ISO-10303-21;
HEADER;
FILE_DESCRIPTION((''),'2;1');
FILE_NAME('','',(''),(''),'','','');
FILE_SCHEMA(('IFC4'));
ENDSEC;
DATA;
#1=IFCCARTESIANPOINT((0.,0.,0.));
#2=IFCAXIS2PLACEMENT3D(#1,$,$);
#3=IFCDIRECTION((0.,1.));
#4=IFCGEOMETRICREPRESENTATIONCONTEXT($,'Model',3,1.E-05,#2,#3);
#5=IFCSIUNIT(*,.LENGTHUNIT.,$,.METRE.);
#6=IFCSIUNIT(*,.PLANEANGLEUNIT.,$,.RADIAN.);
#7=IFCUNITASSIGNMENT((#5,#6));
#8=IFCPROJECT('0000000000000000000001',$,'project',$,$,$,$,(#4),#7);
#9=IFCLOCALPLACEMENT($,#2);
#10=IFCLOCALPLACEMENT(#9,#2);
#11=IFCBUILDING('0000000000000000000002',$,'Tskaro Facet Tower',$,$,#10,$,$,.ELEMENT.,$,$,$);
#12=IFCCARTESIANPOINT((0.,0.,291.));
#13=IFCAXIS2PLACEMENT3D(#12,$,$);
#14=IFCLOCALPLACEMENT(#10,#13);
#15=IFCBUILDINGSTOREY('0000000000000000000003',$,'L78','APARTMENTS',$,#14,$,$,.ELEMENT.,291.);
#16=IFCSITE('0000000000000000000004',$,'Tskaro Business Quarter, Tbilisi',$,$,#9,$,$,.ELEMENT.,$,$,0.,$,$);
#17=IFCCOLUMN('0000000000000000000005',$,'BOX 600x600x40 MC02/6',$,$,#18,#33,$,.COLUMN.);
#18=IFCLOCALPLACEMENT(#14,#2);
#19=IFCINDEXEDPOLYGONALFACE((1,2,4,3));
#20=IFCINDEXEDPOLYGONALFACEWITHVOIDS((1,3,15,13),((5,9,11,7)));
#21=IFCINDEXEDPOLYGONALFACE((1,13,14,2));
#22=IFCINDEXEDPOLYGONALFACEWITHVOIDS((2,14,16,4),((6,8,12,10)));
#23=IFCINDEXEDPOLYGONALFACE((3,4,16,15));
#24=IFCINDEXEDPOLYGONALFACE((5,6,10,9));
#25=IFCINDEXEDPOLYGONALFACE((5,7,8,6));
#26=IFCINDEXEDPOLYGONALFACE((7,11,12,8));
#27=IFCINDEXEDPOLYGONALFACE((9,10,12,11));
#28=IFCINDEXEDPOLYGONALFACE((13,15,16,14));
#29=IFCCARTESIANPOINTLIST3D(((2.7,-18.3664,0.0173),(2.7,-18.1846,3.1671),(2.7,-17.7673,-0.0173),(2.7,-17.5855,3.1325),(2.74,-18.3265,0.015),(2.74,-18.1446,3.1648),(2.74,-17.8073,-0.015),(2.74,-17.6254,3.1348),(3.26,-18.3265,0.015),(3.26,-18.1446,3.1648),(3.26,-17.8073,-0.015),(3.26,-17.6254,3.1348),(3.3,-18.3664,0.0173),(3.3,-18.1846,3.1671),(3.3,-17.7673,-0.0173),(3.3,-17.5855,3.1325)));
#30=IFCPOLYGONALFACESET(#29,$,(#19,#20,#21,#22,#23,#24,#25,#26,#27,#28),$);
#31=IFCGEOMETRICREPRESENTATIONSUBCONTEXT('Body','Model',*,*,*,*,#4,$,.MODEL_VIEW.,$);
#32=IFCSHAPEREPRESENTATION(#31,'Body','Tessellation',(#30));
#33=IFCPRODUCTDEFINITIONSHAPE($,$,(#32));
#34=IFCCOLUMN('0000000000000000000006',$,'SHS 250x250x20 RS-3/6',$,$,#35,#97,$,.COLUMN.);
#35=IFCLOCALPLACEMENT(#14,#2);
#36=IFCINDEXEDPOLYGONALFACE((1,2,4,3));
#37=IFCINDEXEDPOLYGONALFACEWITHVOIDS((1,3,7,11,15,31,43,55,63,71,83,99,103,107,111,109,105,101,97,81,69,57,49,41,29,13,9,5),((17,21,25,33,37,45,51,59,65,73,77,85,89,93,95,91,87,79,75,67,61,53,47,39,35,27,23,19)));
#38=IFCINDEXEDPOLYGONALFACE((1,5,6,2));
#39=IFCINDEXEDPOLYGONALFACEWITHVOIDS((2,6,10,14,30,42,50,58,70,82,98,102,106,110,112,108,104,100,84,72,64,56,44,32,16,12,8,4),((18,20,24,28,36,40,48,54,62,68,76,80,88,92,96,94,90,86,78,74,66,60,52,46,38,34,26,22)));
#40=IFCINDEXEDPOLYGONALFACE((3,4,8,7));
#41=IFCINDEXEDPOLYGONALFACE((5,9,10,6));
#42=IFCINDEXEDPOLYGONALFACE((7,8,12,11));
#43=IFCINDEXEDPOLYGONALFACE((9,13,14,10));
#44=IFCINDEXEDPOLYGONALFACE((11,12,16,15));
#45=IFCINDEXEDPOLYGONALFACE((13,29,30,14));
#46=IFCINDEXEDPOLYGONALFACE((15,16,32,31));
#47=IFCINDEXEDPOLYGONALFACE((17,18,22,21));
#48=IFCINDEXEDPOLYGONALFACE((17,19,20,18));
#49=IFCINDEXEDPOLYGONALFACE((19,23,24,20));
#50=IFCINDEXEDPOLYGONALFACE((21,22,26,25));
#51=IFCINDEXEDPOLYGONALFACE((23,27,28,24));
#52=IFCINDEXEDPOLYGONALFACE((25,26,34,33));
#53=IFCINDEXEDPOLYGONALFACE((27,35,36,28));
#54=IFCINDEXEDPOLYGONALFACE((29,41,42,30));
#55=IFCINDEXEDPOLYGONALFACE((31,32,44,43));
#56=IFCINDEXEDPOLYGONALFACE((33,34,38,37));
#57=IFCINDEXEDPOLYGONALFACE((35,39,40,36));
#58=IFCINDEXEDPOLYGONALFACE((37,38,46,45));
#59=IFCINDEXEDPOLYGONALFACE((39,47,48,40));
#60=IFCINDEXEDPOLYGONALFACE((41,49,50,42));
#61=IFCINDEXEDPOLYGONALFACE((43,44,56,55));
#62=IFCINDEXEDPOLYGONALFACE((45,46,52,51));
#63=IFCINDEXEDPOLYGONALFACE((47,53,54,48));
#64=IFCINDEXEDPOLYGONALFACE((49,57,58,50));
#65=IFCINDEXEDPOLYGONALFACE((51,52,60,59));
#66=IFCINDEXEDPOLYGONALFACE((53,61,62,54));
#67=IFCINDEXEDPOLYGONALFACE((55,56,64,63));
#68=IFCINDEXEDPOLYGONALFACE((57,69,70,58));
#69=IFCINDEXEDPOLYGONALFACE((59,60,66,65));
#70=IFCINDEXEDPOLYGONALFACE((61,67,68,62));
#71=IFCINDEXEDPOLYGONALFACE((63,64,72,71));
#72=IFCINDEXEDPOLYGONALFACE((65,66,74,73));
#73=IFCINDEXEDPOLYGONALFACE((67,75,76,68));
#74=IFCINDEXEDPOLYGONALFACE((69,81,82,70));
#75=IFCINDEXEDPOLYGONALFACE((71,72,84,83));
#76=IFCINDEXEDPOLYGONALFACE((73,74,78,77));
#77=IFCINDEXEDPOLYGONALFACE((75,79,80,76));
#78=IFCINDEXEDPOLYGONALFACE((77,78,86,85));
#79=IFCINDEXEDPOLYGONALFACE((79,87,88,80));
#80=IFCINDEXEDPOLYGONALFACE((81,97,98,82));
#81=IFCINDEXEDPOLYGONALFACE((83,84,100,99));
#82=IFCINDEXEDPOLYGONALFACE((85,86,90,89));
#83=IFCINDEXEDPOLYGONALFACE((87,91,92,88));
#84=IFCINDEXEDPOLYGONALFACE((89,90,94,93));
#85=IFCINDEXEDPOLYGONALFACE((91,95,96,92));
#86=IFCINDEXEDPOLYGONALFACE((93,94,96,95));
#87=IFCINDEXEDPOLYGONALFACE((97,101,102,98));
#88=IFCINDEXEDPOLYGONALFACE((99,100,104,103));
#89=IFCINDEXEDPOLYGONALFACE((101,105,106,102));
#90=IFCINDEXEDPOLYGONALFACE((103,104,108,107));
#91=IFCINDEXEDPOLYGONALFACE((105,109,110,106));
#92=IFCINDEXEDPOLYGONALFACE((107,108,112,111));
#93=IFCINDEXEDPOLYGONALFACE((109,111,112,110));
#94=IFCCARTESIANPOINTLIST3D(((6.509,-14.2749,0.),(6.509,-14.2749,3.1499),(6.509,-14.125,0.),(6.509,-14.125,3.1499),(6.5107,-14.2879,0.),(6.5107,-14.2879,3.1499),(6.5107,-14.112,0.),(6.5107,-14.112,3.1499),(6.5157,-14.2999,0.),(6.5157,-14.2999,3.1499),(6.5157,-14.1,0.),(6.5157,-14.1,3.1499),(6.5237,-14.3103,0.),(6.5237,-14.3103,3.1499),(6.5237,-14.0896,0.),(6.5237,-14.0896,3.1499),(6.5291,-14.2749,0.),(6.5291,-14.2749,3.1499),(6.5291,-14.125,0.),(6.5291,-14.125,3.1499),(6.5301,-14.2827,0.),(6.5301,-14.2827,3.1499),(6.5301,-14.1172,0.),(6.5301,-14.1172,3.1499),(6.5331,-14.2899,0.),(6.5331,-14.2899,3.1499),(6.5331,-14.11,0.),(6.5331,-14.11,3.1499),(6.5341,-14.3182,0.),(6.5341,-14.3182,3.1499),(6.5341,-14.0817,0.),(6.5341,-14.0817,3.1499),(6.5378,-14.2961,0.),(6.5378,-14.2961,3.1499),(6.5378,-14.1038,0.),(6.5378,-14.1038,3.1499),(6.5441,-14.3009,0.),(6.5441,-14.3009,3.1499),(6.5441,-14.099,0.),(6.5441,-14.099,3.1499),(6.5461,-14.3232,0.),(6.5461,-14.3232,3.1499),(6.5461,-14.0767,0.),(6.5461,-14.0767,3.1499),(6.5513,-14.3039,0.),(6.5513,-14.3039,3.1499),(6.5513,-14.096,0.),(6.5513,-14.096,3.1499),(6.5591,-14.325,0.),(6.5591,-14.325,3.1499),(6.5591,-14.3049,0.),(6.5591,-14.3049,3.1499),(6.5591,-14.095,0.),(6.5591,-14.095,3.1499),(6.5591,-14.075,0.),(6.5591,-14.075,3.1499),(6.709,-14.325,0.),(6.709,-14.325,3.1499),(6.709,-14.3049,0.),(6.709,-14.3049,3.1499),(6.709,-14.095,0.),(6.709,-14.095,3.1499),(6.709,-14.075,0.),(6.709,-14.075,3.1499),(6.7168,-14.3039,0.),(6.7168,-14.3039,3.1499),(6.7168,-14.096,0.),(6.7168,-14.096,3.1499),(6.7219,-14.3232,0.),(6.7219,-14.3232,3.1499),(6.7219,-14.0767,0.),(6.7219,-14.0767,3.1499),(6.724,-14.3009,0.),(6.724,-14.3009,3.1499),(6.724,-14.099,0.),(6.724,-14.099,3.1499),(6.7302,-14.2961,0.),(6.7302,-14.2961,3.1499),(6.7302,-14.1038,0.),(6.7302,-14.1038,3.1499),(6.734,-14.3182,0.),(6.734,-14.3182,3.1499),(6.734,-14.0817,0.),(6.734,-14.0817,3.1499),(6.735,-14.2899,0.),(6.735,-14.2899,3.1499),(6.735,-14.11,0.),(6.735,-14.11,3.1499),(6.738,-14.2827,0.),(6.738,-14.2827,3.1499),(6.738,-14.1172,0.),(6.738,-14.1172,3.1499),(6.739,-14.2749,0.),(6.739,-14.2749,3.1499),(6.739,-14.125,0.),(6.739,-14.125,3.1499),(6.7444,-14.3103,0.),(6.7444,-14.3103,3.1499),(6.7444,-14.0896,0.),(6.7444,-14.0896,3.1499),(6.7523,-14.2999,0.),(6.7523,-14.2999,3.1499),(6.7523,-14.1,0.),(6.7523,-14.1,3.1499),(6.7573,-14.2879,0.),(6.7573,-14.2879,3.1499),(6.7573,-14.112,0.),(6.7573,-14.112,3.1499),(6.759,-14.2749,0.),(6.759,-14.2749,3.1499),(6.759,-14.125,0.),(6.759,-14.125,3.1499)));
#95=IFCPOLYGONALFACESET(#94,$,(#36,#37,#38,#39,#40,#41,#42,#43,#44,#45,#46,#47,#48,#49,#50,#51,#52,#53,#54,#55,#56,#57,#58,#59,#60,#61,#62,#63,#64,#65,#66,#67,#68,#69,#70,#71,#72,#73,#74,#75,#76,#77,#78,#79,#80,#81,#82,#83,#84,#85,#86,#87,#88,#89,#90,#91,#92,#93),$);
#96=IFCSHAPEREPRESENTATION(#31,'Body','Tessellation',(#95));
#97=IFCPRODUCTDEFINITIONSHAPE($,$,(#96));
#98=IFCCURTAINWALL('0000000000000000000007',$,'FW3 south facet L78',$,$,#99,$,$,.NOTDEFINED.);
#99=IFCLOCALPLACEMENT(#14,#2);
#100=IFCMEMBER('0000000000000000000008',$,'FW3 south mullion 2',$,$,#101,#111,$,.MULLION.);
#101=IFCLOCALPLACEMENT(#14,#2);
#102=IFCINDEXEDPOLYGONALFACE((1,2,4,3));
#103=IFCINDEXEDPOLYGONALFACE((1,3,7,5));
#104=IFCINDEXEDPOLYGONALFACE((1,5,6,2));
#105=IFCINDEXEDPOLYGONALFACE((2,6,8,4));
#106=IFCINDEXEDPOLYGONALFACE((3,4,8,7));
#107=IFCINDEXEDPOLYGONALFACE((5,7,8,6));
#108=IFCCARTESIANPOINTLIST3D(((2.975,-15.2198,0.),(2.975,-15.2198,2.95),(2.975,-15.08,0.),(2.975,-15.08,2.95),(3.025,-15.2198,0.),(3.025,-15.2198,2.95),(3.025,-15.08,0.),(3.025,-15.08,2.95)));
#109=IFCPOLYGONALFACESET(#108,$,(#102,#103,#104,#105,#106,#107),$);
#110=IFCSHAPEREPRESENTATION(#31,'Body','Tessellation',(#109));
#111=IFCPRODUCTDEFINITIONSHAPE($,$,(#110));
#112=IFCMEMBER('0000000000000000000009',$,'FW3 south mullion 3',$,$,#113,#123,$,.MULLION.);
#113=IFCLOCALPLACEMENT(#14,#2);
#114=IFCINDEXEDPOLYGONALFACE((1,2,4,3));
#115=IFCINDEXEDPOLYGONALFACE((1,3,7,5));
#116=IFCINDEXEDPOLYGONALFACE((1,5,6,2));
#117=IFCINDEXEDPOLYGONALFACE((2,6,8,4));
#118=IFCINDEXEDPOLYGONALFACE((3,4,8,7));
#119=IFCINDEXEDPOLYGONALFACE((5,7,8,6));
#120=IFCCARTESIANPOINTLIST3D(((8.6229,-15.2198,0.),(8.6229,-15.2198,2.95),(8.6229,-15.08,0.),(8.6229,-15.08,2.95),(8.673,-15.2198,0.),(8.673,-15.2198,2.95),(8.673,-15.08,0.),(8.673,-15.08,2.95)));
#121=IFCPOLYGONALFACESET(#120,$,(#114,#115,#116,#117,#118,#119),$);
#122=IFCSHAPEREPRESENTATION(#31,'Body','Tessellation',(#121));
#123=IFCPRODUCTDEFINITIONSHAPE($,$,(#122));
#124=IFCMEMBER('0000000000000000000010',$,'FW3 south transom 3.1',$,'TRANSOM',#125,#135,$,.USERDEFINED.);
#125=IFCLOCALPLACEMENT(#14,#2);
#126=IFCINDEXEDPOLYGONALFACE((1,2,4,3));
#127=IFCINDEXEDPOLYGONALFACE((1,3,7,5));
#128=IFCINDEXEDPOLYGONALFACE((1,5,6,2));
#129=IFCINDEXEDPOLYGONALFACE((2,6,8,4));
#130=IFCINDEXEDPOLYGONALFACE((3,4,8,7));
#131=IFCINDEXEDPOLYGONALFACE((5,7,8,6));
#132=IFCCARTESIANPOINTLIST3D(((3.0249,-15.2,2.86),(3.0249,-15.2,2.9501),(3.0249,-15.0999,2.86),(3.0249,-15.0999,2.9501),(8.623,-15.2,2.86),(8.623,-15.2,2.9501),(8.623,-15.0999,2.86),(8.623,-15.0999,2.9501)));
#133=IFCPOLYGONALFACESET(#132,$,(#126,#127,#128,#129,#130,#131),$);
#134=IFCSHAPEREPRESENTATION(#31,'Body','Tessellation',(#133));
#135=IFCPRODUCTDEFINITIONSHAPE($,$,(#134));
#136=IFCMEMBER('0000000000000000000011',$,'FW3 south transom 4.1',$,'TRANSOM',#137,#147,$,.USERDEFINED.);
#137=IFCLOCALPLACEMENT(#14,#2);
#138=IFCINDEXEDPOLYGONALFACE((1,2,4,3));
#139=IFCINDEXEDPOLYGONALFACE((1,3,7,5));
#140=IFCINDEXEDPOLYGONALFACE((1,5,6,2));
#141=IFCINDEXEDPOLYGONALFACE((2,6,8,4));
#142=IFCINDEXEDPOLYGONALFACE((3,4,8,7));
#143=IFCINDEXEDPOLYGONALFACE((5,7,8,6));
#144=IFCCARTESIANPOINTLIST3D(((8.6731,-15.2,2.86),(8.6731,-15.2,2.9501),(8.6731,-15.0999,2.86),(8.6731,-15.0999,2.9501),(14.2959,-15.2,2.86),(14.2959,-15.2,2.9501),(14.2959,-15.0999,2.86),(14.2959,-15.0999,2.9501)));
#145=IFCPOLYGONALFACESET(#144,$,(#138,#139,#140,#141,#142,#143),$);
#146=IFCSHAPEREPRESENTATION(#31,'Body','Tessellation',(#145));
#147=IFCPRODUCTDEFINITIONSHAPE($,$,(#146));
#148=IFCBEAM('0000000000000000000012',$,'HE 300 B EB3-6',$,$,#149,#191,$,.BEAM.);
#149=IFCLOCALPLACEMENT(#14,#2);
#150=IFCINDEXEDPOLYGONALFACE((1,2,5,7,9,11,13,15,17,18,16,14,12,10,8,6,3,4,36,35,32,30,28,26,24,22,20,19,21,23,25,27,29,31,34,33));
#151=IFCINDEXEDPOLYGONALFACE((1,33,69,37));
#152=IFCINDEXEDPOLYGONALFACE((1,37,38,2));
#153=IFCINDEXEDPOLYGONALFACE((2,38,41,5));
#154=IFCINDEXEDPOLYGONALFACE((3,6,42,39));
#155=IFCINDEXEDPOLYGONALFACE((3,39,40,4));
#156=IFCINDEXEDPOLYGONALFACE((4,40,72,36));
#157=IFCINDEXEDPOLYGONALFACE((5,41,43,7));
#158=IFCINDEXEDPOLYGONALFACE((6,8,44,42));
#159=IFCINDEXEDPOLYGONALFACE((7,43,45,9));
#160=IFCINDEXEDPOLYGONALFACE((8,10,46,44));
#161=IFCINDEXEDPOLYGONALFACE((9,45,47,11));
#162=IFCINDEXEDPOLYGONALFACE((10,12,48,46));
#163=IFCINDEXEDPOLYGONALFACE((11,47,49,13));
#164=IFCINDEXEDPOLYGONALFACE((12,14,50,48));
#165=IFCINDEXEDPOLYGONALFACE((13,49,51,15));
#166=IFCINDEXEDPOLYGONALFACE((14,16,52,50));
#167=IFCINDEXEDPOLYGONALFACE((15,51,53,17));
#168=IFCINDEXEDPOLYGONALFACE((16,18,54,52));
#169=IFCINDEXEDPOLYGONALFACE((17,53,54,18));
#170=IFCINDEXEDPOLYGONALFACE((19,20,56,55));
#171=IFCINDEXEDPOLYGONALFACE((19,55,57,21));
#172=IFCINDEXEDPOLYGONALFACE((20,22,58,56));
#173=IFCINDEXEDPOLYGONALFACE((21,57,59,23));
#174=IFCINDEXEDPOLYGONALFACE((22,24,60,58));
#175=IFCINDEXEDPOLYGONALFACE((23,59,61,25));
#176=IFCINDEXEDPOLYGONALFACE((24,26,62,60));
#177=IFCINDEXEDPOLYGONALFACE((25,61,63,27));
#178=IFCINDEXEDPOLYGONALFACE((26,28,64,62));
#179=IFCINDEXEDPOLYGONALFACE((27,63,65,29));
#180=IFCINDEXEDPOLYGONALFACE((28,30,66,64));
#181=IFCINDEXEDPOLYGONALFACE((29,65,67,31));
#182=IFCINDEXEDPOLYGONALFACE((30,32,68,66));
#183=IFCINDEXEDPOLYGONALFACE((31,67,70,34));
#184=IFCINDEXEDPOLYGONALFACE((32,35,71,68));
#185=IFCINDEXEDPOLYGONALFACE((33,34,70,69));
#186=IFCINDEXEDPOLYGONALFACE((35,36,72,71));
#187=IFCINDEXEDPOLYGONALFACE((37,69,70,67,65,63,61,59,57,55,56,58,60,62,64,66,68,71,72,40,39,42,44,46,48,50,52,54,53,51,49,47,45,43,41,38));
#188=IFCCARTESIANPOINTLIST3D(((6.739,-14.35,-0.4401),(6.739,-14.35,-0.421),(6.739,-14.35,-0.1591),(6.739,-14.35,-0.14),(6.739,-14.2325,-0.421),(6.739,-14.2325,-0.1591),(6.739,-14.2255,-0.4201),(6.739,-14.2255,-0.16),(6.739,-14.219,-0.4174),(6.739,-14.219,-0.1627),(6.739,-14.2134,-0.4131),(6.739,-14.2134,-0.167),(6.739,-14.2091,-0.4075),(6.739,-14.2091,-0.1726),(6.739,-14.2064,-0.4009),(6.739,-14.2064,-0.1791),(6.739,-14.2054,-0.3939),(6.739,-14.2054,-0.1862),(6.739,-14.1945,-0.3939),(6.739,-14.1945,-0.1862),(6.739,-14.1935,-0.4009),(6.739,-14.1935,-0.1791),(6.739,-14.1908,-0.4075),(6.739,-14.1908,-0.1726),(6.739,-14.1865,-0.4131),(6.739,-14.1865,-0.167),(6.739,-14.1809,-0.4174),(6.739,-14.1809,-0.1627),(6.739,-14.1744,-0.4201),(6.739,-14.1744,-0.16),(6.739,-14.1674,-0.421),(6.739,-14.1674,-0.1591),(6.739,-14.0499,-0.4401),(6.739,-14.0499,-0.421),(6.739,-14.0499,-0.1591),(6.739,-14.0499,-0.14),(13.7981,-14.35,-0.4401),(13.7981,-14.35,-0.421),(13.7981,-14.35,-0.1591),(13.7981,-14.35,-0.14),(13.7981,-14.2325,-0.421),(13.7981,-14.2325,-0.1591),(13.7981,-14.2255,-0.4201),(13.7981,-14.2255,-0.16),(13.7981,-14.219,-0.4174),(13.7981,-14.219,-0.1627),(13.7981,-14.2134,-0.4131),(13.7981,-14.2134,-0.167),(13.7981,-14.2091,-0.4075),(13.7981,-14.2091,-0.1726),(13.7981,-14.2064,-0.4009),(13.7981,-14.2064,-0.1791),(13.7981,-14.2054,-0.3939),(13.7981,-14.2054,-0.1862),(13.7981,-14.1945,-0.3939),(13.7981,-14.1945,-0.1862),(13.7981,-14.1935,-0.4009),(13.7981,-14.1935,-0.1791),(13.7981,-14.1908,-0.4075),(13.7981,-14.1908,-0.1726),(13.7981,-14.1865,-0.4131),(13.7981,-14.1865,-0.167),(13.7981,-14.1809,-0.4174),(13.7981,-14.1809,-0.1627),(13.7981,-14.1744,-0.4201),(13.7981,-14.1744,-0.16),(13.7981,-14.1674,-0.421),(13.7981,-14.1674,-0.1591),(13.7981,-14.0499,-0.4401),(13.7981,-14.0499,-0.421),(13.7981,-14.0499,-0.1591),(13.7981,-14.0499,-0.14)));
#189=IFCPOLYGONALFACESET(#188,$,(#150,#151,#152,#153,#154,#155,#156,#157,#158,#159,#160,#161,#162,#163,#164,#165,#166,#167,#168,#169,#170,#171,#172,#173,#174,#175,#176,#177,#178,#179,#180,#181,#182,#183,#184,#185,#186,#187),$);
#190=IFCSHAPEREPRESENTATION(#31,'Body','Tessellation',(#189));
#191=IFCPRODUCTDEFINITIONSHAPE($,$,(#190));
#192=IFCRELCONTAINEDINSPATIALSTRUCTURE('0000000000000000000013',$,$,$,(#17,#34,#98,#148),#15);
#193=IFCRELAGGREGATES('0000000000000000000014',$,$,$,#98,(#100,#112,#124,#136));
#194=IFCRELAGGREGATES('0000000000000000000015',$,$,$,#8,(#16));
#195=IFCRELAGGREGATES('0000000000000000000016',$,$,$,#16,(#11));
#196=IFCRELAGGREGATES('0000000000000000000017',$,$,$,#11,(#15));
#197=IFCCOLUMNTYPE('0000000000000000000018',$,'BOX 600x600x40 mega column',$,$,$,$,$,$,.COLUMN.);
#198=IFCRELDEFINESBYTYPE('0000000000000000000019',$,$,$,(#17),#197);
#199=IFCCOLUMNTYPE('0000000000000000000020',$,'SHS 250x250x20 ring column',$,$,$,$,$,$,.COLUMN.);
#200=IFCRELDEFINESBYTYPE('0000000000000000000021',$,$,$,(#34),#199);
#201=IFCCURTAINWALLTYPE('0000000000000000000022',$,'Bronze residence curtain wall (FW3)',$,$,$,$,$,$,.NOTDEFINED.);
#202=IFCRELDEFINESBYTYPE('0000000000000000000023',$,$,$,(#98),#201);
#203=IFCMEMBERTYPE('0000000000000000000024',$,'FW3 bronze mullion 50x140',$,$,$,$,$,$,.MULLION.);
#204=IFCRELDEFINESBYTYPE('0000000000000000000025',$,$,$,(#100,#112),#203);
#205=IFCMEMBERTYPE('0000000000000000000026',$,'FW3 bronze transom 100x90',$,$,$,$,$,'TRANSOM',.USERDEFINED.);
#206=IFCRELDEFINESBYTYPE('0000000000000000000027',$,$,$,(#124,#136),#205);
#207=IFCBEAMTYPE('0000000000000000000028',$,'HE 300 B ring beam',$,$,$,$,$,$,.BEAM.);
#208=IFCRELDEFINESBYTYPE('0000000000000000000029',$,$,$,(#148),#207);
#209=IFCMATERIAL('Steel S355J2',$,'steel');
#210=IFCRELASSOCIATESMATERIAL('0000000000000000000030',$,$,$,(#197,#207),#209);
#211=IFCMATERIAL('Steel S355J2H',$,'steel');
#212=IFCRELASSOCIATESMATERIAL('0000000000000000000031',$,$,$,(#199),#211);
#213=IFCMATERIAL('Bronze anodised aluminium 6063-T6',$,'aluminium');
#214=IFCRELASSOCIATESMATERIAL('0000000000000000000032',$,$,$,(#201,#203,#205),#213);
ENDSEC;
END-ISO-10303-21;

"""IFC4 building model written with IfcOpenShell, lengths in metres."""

from ifc_helpers import new_model, si_unit, direction, frame, origin, origin_2d, place, context, subcontext, project, spatial, rectangle, hollow_rectangle, i_section, extrude, material, material_profile, profile_set, type_object, element, aggregate, save


model = new_model("IFC4")

# Units and contexts
model_context = context("Model", 3, precision=1e-05, world=origin(), true_north=direction((0.0, 1.0)))
body_context = subcontext(model_context, "Body", "Model", "MODEL_VIEW")
ifc_project = project(units=[si_unit("LENGTHUNIT", "METRE"), si_unit("PLANEANGLEUNIT", "RADIAN")], contexts=[model_context])

# Site, building, storey
site_placement = place(None, origin())
site = spatial("IfcSite", under=ifc_project, at=site_placement, Name="Tskaro Business Quarter, Tbilisi", CompositionType="ELEMENT", RefElevation=0.0)
building_placement = place(site_placement, origin())
building = spatial("IfcBuilding", under=site, at=building_placement, Name="Tskaro Facet Tower", CompositionType="ELEMENT")
storey_placement = place(building_placement, frame((0.0, 0.0, 291.0)))
storey = spatial("IfcBuildingStorey", under=building, at=storey_placement, Name="L78", Description="APARTMENTS", CompositionType="ELEMENT", Elevation=291.0)

# Columns
ifc_material_1 = material(Name="Steel S355J2", Category="steel")
ifc_material_profile_1 = material_profile(ifc_material_1, hollow_rectangle(XDim=0.6001, YDim=0.6001, WallThickness=0.04, at=origin_2d()), Name="BOX 600x600x40")
ifc_profile_set_1 = profile_set([ifc_material_profile_1], Name="Steel S355J2")
column_type_1 = type_object("IfcColumnType", Name="BOX 600x600x40 mega column", PredefinedType="COLUMN", material=ifc_profile_set_1)
column_1_placement = place(storey_placement, frame((3.0, -18.0669, 0.0), z_axis=(0.0, 0.057647, 0.998337), x_axis=(-1.0, 0.0, 0.0)))
element("IfcColumn", 1, at=column_1_placement, inside=storey, type_object=column_type_1, Name="BOX 600x600x40 MC02/6", PredefinedType="COLUMN", context=body_context, shape_type="SweptSolid", body=[
    extrude(hollow_rectangle(XDim=0.6001, YDim=0.6001, WallThickness=0.04, at=origin_2d()), origin(), (0.0, 0.0, 1.0), 3.155),
])
ifc_material_2 = material(Name="Steel S355J2H", Category="steel")
ifc_material_profile_2 = material_profile(ifc_material_2, hollow_rectangle(XDim=0.25, YDim=0.25, WallThickness=0.02, InnerFilletRadius=0.03, OuterFilletRadius=0.05, at=origin_2d()), Name="SHS 250x250x20")
ifc_profile_set_2 = profile_set([ifc_material_profile_2], Name="Steel S355J2H")
column_type_2 = type_object("IfcColumnType", Name="SHS 250x250x20 ring column", PredefinedType="COLUMN", material=ifc_profile_set_2)
column_2_placement = place(storey_placement, frame((6.634, -14.2, 0.0), z_axis=(0.0, 0.0, 1.0), x_axis=(1.0, 0.0, 0.0)))
element("IfcColumn", 2, at=column_2_placement, inside=storey, type_object=column_type_2, Name="SHS 250x250x20 RS-3/6", PredefinedType="COLUMN", context=body_context, shape_type="SweptSolid", body=[
    extrude(hollow_rectangle(XDim=0.25, YDim=0.25, WallThickness=0.02, InnerFilletRadius=0.03, OuterFilletRadius=0.05, at=origin_2d()), origin(), (0.0, 0.0, 1.0), 3.1499),
])

# Curtain wall, members
ifc_material_3 = material(Name="Bronze anodised aluminium 6063-T6", Category="aluminium")
curtain_wall_type = type_object("IfcCurtainWallType", Name="Bronze residence curtain wall (FW3)", PredefinedType="NOTDEFINED", material=ifc_material_3)
curtain_wall_placement = place(storey_placement, origin())
curtain_wall = element("IfcCurtainWall", 3, at=curtain_wall_placement, inside=storey, type_object=curtain_wall_type, Name="FW3 south facet L78", PredefinedType="NOTDEFINED")
ifc_material_profile_3 = material_profile(ifc_material_3, rectangle(XDim=0.05, YDim=0.1399, at=origin_2d()), Name="Mullion 50x140")
ifc_profile_set_3 = profile_set([ifc_material_profile_3], Name="Bronze anodised aluminium 6063-T6")
member_type_1 = type_object("IfcMemberType", Name="FW3 bronze mullion 50x140", PredefinedType="MULLION", material=ifc_profile_set_3)
member_1_placement = place(storey_placement, frame((3.0, -15.1499, 0.0), z_axis=(0.0, 0.0, 1.0), x_axis=(1.0, 0.0, 0.0)))
member_1 = element("IfcMember", 4, at=member_1_placement, type_object=member_type_1, Name="FW3 south mullion 2", PredefinedType="MULLION", context=body_context, shape_type="SweptSolid", body=[
    extrude(rectangle(XDim=0.05, YDim=0.1399, at=origin_2d()), origin(), (0.0, 0.0, 1.0), 2.95),
])
member_2_placement = place(storey_placement, frame((8.6479, -15.1499, 0.0), z_axis=(0.0, 0.0, 1.0), x_axis=(1.0, 0.0, 0.0)))
member_2 = element("IfcMember", 5, at=member_2_placement, type_object=member_type_1, Name="FW3 south mullion 3", PredefinedType="MULLION", context=body_context, shape_type="SweptSolid", body=[
    extrude(rectangle(XDim=0.05, YDim=0.1399, at=origin_2d()), origin(), (0.0, 0.0, 1.0), 2.95),
])
ifc_material_profile_4 = material_profile(ifc_material_3, rectangle(XDim=0.1001, YDim=0.0901, at=origin_2d()), Name="Transom 100x90")
ifc_profile_set_4 = profile_set([ifc_material_profile_4], Name="Bronze anodised aluminium 6063-T6")
member_type_2 = type_object("IfcMemberType", Name="FW3 bronze transom 100x90", ElementType="TRANSOM", PredefinedType="USERDEFINED", material=ifc_profile_set_4)
member_3_placement = place(storey_placement, frame((3.0249, -15.1499, 2.905), z_axis=(1.0, 0.0, 0.0), x_axis=(0.0, 1.0, 0.0)))
member_3 = element("IfcMember", 6, at=member_3_placement, type_object=member_type_2, Name="FW3 south transom 3.1", ObjectType="TRANSOM", PredefinedType="USERDEFINED", context=body_context, shape_type="SweptSolid", body=[
    extrude(rectangle(XDim=0.1001, YDim=0.0901, at=origin_2d()), origin(), (0.0, 0.0, 1.0), 5.5981),
])
member_4_placement = place(storey_placement, frame((8.6731, -15.1499, 2.905), z_axis=(1.0, 0.0, 0.0), x_axis=(0.0, 1.0, 0.0)))
member_4 = element("IfcMember", 7, at=member_4_placement, type_object=member_type_2, Name="FW3 south transom 4.1", ObjectType="TRANSOM", PredefinedType="USERDEFINED", context=body_context, shape_type="SweptSolid", body=[
    extrude(rectangle(XDim=0.1001, YDim=0.0901, at=origin_2d()), origin(), (0.0, 0.0, 1.0), 5.6228),
])

# Beam
ifc_material_profile_5 = material_profile(ifc_material_1, i_section(OverallWidth=0.3, OverallDepth=0.3, WebThickness=0.011, FlangeThickness=0.019, FilletRadius=0.0271, at=origin_2d()), Name="HE 300 B")
ifc_profile_set_5 = profile_set([ifc_material_profile_5], Name="Steel S355J2")
beam_type_1 = type_object("IfcBeamType", Name="HE 300 B ring beam", PredefinedType="BEAM", material=ifc_profile_set_5)
beam_1_placement = place(storey_placement, frame((6.739, -14.2, -0.29), z_axis=(1.0, 0.0, 0.0), x_axis=(0.0, 1.0, 0.0)))
element("IfcBeam", 8, at=beam_1_placement, inside=storey, type_object=beam_type_1, Name="HE 300 B EB3-6", PredefinedType="BEAM", context=body_context, shape_type="SweptSolid", body=[
    extrude(i_section(OverallWidth=0.3, OverallDepth=0.3, WebThickness=0.011, FlangeThickness=0.019, FilletRadius=0.0271, at=origin_2d()), origin(), (0.0, 0.0, 1.0), 7.0591),
])

aggregate(curtain_wall, [member_1, member_2, member_3, member_4])

save(model, "model.ifc")
